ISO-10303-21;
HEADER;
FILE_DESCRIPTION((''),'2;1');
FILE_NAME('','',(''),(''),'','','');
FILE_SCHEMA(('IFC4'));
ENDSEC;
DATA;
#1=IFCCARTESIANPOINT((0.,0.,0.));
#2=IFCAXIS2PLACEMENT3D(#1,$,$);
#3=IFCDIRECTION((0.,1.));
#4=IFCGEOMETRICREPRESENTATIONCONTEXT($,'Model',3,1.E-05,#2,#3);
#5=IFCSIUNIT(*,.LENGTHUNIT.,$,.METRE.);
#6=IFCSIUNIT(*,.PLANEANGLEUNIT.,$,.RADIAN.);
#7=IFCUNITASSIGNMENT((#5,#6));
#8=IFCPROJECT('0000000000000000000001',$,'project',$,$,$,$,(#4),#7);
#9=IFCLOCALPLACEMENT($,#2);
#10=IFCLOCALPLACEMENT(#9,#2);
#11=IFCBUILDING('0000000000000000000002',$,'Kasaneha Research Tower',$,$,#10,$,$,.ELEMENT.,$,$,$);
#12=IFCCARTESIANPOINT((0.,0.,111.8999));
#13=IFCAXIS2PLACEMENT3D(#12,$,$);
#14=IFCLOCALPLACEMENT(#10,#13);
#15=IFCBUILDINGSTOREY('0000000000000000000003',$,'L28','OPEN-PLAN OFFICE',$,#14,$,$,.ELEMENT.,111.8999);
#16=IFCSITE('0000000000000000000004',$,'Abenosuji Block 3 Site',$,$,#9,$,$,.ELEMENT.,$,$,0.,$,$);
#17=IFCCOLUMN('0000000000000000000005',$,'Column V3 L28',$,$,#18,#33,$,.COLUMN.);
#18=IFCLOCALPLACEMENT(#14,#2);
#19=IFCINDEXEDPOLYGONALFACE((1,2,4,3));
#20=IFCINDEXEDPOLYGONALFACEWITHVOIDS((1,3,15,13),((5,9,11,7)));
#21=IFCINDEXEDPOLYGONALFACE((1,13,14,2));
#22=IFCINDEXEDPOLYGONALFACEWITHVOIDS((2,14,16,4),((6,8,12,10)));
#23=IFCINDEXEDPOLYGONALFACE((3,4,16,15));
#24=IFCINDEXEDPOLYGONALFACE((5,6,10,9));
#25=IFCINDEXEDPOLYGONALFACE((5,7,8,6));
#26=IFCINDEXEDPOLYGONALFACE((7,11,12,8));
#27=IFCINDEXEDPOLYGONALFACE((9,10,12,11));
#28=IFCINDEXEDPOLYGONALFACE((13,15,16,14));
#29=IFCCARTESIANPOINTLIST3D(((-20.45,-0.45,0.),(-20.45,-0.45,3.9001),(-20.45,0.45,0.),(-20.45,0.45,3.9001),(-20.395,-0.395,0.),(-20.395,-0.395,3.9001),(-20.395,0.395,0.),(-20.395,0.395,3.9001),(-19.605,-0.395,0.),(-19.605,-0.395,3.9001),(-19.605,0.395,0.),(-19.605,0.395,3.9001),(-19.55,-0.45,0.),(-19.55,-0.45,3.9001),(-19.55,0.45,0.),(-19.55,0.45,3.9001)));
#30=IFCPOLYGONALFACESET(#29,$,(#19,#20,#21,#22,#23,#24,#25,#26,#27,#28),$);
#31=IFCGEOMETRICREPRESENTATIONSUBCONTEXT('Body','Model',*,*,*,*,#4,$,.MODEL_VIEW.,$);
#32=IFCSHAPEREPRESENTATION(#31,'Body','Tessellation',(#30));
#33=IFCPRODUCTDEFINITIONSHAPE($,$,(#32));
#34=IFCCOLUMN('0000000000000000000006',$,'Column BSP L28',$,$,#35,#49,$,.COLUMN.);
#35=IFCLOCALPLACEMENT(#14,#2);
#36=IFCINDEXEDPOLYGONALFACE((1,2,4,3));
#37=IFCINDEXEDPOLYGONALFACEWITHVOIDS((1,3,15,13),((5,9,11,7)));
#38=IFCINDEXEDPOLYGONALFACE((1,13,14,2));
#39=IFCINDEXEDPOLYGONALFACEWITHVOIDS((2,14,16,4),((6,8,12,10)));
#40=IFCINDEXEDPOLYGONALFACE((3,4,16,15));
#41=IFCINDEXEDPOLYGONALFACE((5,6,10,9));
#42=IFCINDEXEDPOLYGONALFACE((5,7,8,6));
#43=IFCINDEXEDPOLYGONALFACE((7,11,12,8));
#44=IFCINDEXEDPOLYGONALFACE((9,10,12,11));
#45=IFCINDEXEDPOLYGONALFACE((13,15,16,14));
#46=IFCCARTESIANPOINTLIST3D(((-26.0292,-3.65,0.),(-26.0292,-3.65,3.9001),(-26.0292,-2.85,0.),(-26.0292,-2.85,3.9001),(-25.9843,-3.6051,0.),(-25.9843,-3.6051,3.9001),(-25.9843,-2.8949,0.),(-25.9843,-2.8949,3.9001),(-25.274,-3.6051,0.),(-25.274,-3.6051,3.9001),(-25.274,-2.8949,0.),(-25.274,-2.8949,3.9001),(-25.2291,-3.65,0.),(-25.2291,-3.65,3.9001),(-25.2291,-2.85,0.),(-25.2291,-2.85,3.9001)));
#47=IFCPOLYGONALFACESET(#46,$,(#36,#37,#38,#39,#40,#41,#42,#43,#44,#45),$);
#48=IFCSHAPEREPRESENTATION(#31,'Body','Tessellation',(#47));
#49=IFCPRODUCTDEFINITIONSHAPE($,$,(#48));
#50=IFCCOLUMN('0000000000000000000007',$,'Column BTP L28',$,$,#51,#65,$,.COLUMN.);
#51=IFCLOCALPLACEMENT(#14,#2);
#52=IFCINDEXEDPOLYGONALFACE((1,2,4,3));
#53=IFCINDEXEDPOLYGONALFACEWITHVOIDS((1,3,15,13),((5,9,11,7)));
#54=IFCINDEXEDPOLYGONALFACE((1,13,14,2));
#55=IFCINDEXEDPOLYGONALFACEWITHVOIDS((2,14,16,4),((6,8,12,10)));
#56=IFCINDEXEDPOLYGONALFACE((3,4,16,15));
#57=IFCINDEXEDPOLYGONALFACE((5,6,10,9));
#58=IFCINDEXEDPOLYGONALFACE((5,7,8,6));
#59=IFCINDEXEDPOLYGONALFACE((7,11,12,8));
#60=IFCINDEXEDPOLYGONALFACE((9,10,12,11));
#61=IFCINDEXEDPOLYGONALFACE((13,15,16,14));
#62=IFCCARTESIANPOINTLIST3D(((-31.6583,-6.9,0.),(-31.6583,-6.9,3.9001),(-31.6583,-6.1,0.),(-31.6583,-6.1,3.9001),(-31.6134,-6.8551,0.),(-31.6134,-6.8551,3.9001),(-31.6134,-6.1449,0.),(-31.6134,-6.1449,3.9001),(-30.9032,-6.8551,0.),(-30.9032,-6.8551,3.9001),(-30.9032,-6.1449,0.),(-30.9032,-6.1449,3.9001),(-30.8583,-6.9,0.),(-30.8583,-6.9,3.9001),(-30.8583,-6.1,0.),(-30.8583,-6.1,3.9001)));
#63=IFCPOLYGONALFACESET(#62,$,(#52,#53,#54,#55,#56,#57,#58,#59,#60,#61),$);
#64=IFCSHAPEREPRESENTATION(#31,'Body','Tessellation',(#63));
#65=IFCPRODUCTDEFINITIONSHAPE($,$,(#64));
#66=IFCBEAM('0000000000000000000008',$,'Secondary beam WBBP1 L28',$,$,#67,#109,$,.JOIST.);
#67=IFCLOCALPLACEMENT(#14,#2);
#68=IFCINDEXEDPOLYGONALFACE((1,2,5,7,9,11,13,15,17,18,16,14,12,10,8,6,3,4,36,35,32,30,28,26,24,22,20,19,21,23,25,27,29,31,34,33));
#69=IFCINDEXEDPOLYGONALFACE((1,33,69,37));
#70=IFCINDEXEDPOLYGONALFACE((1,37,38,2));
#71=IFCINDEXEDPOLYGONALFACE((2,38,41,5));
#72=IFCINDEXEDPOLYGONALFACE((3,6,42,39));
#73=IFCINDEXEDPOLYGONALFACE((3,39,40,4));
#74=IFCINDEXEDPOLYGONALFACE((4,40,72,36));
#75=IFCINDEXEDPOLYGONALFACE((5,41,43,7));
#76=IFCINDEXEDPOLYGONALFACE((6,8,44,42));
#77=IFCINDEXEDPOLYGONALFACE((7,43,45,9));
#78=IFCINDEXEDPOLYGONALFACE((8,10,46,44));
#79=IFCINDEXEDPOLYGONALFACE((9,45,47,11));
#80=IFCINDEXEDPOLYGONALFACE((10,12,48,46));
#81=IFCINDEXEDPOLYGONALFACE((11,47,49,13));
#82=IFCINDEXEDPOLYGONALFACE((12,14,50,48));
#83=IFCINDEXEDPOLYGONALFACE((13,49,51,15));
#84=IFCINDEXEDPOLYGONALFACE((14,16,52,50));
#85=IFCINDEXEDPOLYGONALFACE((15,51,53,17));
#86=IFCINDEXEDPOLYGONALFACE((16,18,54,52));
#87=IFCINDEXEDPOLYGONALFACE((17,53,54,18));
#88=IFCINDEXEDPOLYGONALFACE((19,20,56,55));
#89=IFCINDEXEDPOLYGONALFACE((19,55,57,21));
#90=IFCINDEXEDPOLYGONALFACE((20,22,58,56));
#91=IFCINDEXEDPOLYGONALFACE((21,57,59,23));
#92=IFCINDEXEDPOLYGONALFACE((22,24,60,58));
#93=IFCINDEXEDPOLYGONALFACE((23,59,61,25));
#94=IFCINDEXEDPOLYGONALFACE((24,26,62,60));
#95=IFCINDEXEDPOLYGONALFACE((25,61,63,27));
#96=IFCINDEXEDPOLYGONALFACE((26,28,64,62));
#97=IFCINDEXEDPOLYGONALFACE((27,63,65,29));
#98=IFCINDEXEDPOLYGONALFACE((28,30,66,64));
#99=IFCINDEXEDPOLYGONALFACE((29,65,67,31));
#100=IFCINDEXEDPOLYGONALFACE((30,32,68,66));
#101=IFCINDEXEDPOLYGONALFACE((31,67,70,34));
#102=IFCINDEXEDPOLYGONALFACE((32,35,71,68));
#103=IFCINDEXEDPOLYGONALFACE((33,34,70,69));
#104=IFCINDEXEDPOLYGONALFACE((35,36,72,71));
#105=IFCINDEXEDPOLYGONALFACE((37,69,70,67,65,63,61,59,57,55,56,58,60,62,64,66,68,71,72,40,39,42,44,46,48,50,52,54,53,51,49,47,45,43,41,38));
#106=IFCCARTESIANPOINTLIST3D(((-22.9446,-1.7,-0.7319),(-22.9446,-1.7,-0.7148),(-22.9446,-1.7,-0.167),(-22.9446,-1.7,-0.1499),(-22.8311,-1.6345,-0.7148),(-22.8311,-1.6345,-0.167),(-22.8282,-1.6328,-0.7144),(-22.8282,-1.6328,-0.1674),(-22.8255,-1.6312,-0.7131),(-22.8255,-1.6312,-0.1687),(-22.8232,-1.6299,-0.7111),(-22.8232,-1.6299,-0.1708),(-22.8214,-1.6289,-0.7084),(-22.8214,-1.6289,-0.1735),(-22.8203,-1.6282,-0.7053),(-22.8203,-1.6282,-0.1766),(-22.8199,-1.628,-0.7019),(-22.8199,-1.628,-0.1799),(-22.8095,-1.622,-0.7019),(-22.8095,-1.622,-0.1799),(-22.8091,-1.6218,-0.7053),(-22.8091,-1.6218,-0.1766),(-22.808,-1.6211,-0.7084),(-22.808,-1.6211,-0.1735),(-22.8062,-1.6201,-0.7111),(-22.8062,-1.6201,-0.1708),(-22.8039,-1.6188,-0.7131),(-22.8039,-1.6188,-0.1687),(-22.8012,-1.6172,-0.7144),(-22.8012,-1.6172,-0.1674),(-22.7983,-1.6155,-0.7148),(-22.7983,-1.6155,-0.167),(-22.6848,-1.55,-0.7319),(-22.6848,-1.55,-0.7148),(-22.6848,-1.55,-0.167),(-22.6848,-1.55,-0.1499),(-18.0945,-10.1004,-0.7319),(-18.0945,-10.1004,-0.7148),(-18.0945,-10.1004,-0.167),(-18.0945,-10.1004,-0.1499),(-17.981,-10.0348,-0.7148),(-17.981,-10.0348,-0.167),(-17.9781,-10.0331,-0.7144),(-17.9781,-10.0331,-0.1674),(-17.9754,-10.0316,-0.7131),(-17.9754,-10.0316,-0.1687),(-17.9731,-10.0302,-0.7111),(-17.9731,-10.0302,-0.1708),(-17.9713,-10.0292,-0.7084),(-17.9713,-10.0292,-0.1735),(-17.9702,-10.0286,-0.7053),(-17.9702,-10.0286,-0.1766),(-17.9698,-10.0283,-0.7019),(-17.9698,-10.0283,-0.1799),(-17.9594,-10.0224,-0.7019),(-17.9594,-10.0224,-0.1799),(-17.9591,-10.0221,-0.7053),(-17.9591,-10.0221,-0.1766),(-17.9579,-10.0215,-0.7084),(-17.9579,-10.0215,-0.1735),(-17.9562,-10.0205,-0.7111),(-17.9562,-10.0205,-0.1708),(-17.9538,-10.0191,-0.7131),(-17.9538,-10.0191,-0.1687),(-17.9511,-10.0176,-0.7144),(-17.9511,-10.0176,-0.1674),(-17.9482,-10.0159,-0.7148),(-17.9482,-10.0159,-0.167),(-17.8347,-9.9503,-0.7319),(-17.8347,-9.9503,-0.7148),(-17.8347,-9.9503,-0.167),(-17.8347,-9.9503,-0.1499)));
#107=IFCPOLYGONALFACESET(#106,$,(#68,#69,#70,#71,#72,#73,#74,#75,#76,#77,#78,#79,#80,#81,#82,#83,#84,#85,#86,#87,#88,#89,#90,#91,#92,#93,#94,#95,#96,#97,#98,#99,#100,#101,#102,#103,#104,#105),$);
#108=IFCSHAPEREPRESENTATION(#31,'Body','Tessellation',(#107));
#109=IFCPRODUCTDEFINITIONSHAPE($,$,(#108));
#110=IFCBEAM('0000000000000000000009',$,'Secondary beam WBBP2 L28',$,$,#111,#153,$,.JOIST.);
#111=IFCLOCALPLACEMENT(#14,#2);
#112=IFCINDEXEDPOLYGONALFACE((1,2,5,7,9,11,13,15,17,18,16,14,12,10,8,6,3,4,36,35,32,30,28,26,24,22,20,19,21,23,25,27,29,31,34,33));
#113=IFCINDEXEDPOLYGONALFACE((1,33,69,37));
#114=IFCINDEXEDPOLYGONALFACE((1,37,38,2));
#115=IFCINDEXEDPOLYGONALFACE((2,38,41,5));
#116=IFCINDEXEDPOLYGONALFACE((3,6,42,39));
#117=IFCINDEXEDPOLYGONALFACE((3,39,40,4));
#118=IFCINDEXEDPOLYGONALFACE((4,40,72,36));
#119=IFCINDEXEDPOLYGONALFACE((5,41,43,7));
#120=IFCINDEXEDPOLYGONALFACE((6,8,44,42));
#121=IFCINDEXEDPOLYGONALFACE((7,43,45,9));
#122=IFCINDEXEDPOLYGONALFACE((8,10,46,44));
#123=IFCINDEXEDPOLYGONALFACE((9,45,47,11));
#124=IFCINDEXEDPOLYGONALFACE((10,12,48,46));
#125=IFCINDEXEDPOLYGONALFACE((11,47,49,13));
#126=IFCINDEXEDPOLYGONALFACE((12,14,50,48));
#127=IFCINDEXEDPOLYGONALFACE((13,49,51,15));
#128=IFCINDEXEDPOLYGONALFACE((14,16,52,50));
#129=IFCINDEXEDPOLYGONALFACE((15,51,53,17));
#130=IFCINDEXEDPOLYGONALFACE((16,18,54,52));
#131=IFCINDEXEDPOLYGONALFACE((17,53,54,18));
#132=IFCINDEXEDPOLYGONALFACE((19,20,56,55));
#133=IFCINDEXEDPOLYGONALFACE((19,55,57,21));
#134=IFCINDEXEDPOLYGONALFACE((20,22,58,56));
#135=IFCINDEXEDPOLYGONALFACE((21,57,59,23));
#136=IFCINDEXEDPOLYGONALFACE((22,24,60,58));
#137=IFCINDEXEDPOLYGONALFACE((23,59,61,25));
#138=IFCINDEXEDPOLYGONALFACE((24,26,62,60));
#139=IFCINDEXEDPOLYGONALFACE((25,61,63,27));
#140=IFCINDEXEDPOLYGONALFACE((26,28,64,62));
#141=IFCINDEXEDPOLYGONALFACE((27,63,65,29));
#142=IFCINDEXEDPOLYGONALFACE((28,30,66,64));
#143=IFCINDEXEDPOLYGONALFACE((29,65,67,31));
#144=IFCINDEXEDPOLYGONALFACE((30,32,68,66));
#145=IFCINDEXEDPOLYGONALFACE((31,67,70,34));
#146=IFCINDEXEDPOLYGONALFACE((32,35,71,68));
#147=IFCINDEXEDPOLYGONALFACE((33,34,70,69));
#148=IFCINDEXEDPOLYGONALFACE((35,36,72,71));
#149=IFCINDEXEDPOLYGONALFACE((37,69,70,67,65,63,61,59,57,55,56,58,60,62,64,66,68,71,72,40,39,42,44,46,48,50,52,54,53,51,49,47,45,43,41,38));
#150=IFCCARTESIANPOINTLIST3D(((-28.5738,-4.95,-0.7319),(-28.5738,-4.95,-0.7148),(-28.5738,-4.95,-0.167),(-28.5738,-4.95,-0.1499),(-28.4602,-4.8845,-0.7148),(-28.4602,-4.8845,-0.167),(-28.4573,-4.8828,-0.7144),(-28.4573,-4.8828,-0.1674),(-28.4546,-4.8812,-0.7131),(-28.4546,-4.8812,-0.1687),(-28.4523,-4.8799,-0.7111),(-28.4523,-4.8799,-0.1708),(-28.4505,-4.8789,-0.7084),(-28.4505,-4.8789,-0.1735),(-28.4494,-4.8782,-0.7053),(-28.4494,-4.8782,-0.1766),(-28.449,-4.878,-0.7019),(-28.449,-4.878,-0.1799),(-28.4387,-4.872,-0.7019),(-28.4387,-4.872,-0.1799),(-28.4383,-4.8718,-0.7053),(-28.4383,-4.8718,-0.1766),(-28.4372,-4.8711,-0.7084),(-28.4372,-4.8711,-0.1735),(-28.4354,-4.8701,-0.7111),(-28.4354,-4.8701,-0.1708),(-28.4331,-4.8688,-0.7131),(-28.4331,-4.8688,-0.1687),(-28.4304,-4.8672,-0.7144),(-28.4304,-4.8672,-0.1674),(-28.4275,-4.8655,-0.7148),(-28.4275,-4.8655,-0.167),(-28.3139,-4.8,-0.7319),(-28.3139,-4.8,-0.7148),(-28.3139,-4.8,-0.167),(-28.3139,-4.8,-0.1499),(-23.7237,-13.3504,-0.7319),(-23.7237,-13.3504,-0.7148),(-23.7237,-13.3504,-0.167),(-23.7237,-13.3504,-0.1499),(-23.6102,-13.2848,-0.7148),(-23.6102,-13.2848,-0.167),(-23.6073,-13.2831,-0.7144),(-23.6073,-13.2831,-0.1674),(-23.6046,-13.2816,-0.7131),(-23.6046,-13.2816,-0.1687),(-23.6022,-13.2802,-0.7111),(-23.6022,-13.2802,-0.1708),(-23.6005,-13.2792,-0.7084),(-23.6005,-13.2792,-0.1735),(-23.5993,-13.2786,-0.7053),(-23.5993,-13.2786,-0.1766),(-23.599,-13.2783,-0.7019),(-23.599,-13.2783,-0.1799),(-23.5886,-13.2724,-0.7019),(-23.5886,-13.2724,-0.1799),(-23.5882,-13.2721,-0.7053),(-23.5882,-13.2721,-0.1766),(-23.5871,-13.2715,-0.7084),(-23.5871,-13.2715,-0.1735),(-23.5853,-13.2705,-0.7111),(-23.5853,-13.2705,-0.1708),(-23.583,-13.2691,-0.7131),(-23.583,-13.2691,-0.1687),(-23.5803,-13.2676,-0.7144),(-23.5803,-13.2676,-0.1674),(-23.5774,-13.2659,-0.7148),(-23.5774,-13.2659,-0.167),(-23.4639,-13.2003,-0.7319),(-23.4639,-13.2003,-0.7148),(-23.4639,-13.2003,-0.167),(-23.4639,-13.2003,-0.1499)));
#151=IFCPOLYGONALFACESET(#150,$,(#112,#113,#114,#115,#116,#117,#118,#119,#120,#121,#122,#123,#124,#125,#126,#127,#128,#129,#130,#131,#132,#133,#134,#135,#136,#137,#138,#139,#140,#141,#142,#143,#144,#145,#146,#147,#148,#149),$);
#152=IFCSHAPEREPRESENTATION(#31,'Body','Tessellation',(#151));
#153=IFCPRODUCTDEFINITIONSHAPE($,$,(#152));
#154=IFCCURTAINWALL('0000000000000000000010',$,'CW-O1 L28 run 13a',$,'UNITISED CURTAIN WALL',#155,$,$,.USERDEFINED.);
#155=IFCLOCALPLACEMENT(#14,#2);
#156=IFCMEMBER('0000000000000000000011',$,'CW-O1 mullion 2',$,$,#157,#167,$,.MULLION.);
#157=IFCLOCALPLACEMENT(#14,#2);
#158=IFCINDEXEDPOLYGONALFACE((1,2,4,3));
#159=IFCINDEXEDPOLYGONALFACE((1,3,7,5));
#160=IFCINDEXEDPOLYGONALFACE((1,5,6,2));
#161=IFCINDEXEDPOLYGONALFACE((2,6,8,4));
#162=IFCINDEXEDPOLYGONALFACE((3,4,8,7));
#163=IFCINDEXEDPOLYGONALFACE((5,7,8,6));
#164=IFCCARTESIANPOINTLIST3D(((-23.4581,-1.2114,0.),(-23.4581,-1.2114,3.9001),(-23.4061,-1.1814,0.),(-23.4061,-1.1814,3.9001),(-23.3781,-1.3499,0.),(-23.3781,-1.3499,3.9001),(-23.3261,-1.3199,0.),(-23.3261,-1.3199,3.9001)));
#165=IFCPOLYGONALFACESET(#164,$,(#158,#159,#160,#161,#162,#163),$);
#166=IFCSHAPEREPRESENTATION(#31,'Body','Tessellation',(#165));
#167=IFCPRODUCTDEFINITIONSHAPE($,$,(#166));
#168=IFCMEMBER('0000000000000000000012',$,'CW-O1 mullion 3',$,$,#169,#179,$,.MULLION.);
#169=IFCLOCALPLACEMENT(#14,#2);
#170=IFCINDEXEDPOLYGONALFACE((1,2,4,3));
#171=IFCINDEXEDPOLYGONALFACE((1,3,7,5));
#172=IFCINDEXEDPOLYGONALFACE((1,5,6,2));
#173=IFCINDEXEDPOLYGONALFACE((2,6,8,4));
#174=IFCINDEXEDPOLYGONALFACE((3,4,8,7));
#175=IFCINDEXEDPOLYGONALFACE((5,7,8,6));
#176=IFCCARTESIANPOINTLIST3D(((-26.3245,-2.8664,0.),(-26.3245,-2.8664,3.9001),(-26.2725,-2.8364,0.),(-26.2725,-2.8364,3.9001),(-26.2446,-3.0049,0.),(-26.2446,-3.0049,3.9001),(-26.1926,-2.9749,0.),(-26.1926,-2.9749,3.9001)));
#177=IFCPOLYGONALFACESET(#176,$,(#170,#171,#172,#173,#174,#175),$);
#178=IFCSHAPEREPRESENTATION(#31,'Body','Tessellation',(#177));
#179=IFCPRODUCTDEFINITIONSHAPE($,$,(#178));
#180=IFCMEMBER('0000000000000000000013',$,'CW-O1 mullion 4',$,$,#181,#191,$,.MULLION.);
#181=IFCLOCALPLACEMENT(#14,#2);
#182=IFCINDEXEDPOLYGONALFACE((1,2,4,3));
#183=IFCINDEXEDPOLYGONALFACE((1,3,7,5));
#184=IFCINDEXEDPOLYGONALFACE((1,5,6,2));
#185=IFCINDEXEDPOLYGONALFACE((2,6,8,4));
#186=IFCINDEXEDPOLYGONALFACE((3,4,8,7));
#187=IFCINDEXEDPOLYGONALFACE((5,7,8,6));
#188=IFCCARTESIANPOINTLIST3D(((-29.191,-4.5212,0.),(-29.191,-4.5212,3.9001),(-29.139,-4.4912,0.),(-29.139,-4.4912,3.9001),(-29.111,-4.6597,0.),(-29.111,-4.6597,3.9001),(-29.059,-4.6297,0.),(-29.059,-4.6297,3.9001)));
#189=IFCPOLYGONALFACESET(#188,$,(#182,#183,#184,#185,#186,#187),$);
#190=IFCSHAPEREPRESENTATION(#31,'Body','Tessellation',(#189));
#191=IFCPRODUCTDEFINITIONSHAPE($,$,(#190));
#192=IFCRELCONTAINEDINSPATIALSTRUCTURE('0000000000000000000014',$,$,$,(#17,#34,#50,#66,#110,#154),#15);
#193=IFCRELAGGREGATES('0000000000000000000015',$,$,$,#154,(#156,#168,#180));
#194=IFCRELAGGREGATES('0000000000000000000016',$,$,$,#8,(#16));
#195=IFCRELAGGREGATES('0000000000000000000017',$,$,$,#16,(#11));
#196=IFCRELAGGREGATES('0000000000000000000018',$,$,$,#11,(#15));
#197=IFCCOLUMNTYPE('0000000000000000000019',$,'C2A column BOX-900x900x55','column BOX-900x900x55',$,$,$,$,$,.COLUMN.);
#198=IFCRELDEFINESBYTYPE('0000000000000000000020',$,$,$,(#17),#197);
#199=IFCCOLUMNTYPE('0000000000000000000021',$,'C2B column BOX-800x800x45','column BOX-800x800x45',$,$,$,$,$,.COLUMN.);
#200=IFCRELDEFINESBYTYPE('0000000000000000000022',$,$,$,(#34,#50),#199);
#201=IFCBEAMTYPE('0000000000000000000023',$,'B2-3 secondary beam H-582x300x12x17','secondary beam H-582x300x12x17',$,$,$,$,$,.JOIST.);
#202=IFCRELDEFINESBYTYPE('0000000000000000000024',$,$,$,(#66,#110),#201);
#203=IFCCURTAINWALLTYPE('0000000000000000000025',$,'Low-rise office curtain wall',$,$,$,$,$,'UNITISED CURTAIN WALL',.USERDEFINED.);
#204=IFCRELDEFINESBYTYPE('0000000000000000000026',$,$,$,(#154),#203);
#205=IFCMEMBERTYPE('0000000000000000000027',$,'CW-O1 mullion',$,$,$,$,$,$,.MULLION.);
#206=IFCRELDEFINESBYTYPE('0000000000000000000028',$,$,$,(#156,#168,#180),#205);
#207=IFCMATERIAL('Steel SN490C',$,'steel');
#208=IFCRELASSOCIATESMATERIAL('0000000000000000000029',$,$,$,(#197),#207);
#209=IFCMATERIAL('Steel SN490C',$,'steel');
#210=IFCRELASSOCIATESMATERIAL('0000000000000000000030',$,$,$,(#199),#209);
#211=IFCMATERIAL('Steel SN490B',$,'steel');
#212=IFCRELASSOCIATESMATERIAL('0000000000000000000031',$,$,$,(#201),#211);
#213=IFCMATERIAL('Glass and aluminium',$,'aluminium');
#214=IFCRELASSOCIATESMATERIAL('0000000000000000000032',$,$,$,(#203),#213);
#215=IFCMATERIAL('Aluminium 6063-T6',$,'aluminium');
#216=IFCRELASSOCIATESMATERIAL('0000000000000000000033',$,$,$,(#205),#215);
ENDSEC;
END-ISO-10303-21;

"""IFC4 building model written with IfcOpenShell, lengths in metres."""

from ifc_helpers import new_model, si_unit, direction, frame, origin, origin_2d, place, context, subcontext, project, spatial, rectangle, hollow_rectangle, i_section, extrude, material, material_profile, profile_set, type_object, element, aggregate, save


model = new_model("IFC4")

# Units and contexts
model_context = context("Model", 3, precision=1e-05, world=origin(), true_north=direction((0.0, 1.0)))
body_context = subcontext(model_context, "Body", "Model", "MODEL_VIEW")
ifc_project = project(units=[si_unit("LENGTHUNIT", "METRE"), si_unit("PLANEANGLEUNIT", "RADIAN")], contexts=[model_context])

# Site, building, storey
site_placement = place(None, origin())
site = spatial("IfcSite", under=ifc_project, at=site_placement, Name="Abenosuji Block 3 Site", CompositionType="ELEMENT", RefElevation=0.0)
building_placement = place(site_placement, origin())
building = spatial("IfcBuilding", under=site, at=building_placement, Name="Kasaneha Research Tower", CompositionType="ELEMENT")
storey_placement = place(building_placement, frame((0.0, 0.0, 111.8999)))
storey = spatial("IfcBuildingStorey", under=building, at=storey_placement, Name="L28", Description="OPEN-PLAN OFFICE", CompositionType="ELEMENT", Elevation=111.8999)

# Columns
ifc_material_1 = material(Name="Steel SN490C", Category="steel")
ifc_material_profile_1 = material_profile(ifc_material_1, hollow_rectangle(XDim=0.8999, YDim=0.8999, WallThickness=0.0549, at=origin_2d()), Name="BOX-900x900x55")
ifc_profile_set_1 = profile_set([ifc_material_profile_1], Name="Steel SN490C")
column_type_1 = type_object("IfcColumnType", Name="C2A column BOX-900x900x55", Description="column BOX-900x900x55", PredefinedType="COLUMN", material=ifc_profile_set_1)
column_placement = place(storey_placement, frame((-20.0, 0.0, 0.0), z_axis=(0.0, 0.0, 1.0), x_axis=(1.0, 0.0, 0.0)))
element("IfcColumn", 1, at=column_placement, inside=storey, type_object=column_type_1, Name="Column V3 L28", PredefinedType="COLUMN", context=body_context, shape_type="SweptSolid", body=[
    extrude(hollow_rectangle(XDim=0.8999, YDim=0.8999, WallThickness=0.0549, at=origin_2d()), origin(), (0.0, 0.0, 1.0), 3.9001),
])
ifc_material_2 = material(Name="Steel SN490C", Category="steel")
ifc_material_profile_2 = material_profile(ifc_material_2, hollow_rectangle(XDim=0.8, YDim=0.8, WallThickness=0.0449, at=origin_2d()), Name="BOX-800x800x45")
ifc_profile_set_2 = profile_set([ifc_material_profile_2], Name="Steel SN490C")
column_type_2 = type_object("IfcColumnType", Name="C2B column BOX-800x800x45", Description="column BOX-800x800x45", PredefinedType="COLUMN", material=ifc_profile_set_2)
for number, where, z_axis, x_axis, name in (
    (2, (-25.6292, -3.25, 0.0), (0.0, 0.0, 1.0), (1.0, 0.0, 0.0), "Column BSP L28"),
    (3, (-31.2583, -6.5, 0.0), (0.0, 0.0, 1.0), (1.0, 0.0, 0.0), "Column BTP L28"),
):
    element("IfcColumn", number, at=place(storey_placement, frame(where, z_axis=z_axis, x_axis=x_axis)), inside=storey, type_object=column_type_2, Name=name, PredefinedType="COLUMN", context=body_context, shape_type="SweptSolid", body=[
        extrude(hollow_rectangle(XDim=0.8, YDim=0.8, WallThickness=0.0449, at=origin_2d()), origin(), (0.0, 0.0, 1.0), 3.9001),
    ])

# Beams
ifc_material_3 = material(Name="Steel SN490B", Category="steel")
ifc_material_profile_3 = material_profile(ifc_material_3, i_section(OverallWidth=0.3, OverallDepth=0.582, WebThickness=0.012, FlangeThickness=0.0171, FilletRadius=0.0129, at=origin_2d()), Name="H-582x300x12x17")
ifc_profile_set_3 = profile_set([ifc_material_profile_3], Name="Steel SN490B")
beam_type_1 = type_object("IfcBeamType", Name="B2-3 secondary beam H-582x300x12x17", Description="secondary beam H-582x300x12x17", PredefinedType="JOIST", material=ifc_profile_set_3)
for number, where, z_axis, x_axis, name in (
    (4, (-22.8147, -1.625, -0.4409), (0.50001, -0.86602, 0.0), (0.86602, 0.50001, 0.0), "Secondary beam WBBP1 L28"),
    (5, (-28.4438, -4.875, -0.4409), (0.50001, -0.86602, 0.0), (0.86602, 0.50001, 0.0), "Secondary beam WBBP2 L28"),
):
    element("IfcBeam", number, at=place(storey_placement, frame(where, z_axis=z_axis, x_axis=x_axis)), inside=storey, type_object=beam_type_1, Name=name, PredefinedType="JOIST", context=body_context, shape_type="SweptSolid", body=[
        extrude(i_section(OverallWidth=0.3, OverallDepth=0.582, WebThickness=0.012, FlangeThickness=0.0171, FilletRadius=0.0129, at=origin_2d()), origin(), (0.0, 0.0, 1.0), 9.7),
    ])

# Curtain wall, members
ifc_material_4 = material(Name="Glass and aluminium", Category="aluminium")
curtain_wall_type = type_object("IfcCurtainWallType", Name="Low-rise office curtain wall", ElementType="UNITISED CURTAIN WALL", PredefinedType="USERDEFINED", material=ifc_material_4)
curtain_wall_1_placement = place(storey_placement, origin())
curtain_wall_1 = element("IfcCurtainWall", 6, at=curtain_wall_1_placement, inside=storey, type_object=curtain_wall_type, Name="CW-O1 L28 run 13a", ObjectType="UNITISED CURTAIN WALL", PredefinedType="USERDEFINED")
ifc_material_5 = material(Name="Aluminium 6063-T6", Category="aluminium")
ifc_material_profile_4 = material_profile(ifc_material_5, rectangle(XDim=0.0601, YDim=0.1599, at=origin_2d()), Name="CW-O1 mullion 60x160")
ifc_profile_set_4 = profile_set([ifc_material_profile_4], Name="Aluminium 6063-T6")
member_type_1 = type_object("IfcMemberType", Name="CW-O1 mullion", PredefinedType="MULLION", material=ifc_profile_set_4)
member_1_placement = place(storey_placement, frame((-23.3921, -1.2656, 0.0), z_axis=(0.0, 0.0, 1.0), x_axis=(-0.866025, -0.5, 0.0)))
member_1 = element("IfcMember", 7, at=member_1_placement, type_object=member_type_1, Name="CW-O1 mullion 2", PredefinedType="MULLION", context=body_context, shape_type="SweptSolid", body=[
    extrude(rectangle(XDim=0.0601, YDim=0.1599, at=origin_2d()), origin(), (0.0, 0.0, 1.0), 3.9001),
])
member_2_placement = place(storey_placement, frame((-26.2585, -2.9207, 0.0), z_axis=(0.0, 0.0, 1.0), x_axis=(-0.866025, -0.5, 0.0)))
member_2 = element("IfcMember", 8, at=member_2_placement, type_object=member_type_1, Name="CW-O1 mullion 3", PredefinedType="MULLION", context=body_context, shape_type="SweptSolid", body=[
    extrude(rectangle(XDim=0.0601, YDim=0.1599, at=origin_2d()), origin(), (0.0, 0.0, 1.0), 3.9001),
])
member_3_placement = place(storey_placement, frame((-29.125, -4.5754, 0.0), z_axis=(0.0, 0.0, 1.0), x_axis=(-0.866025, -0.5, 0.0)))
member_3 = element("IfcMember", 9, at=member_3_placement, type_object=member_type_1, Name="CW-O1 mullion 4", PredefinedType="MULLION", context=body_context, shape_type="SweptSolid", body=[
    extrude(rectangle(XDim=0.0601, YDim=0.1599, at=origin_2d()), origin(), (0.0, 0.0, 1.0), 3.9001),
])

aggregate(curtain_wall_1, [member_1, member_2, member_3])

save(model, "model.ifc")
